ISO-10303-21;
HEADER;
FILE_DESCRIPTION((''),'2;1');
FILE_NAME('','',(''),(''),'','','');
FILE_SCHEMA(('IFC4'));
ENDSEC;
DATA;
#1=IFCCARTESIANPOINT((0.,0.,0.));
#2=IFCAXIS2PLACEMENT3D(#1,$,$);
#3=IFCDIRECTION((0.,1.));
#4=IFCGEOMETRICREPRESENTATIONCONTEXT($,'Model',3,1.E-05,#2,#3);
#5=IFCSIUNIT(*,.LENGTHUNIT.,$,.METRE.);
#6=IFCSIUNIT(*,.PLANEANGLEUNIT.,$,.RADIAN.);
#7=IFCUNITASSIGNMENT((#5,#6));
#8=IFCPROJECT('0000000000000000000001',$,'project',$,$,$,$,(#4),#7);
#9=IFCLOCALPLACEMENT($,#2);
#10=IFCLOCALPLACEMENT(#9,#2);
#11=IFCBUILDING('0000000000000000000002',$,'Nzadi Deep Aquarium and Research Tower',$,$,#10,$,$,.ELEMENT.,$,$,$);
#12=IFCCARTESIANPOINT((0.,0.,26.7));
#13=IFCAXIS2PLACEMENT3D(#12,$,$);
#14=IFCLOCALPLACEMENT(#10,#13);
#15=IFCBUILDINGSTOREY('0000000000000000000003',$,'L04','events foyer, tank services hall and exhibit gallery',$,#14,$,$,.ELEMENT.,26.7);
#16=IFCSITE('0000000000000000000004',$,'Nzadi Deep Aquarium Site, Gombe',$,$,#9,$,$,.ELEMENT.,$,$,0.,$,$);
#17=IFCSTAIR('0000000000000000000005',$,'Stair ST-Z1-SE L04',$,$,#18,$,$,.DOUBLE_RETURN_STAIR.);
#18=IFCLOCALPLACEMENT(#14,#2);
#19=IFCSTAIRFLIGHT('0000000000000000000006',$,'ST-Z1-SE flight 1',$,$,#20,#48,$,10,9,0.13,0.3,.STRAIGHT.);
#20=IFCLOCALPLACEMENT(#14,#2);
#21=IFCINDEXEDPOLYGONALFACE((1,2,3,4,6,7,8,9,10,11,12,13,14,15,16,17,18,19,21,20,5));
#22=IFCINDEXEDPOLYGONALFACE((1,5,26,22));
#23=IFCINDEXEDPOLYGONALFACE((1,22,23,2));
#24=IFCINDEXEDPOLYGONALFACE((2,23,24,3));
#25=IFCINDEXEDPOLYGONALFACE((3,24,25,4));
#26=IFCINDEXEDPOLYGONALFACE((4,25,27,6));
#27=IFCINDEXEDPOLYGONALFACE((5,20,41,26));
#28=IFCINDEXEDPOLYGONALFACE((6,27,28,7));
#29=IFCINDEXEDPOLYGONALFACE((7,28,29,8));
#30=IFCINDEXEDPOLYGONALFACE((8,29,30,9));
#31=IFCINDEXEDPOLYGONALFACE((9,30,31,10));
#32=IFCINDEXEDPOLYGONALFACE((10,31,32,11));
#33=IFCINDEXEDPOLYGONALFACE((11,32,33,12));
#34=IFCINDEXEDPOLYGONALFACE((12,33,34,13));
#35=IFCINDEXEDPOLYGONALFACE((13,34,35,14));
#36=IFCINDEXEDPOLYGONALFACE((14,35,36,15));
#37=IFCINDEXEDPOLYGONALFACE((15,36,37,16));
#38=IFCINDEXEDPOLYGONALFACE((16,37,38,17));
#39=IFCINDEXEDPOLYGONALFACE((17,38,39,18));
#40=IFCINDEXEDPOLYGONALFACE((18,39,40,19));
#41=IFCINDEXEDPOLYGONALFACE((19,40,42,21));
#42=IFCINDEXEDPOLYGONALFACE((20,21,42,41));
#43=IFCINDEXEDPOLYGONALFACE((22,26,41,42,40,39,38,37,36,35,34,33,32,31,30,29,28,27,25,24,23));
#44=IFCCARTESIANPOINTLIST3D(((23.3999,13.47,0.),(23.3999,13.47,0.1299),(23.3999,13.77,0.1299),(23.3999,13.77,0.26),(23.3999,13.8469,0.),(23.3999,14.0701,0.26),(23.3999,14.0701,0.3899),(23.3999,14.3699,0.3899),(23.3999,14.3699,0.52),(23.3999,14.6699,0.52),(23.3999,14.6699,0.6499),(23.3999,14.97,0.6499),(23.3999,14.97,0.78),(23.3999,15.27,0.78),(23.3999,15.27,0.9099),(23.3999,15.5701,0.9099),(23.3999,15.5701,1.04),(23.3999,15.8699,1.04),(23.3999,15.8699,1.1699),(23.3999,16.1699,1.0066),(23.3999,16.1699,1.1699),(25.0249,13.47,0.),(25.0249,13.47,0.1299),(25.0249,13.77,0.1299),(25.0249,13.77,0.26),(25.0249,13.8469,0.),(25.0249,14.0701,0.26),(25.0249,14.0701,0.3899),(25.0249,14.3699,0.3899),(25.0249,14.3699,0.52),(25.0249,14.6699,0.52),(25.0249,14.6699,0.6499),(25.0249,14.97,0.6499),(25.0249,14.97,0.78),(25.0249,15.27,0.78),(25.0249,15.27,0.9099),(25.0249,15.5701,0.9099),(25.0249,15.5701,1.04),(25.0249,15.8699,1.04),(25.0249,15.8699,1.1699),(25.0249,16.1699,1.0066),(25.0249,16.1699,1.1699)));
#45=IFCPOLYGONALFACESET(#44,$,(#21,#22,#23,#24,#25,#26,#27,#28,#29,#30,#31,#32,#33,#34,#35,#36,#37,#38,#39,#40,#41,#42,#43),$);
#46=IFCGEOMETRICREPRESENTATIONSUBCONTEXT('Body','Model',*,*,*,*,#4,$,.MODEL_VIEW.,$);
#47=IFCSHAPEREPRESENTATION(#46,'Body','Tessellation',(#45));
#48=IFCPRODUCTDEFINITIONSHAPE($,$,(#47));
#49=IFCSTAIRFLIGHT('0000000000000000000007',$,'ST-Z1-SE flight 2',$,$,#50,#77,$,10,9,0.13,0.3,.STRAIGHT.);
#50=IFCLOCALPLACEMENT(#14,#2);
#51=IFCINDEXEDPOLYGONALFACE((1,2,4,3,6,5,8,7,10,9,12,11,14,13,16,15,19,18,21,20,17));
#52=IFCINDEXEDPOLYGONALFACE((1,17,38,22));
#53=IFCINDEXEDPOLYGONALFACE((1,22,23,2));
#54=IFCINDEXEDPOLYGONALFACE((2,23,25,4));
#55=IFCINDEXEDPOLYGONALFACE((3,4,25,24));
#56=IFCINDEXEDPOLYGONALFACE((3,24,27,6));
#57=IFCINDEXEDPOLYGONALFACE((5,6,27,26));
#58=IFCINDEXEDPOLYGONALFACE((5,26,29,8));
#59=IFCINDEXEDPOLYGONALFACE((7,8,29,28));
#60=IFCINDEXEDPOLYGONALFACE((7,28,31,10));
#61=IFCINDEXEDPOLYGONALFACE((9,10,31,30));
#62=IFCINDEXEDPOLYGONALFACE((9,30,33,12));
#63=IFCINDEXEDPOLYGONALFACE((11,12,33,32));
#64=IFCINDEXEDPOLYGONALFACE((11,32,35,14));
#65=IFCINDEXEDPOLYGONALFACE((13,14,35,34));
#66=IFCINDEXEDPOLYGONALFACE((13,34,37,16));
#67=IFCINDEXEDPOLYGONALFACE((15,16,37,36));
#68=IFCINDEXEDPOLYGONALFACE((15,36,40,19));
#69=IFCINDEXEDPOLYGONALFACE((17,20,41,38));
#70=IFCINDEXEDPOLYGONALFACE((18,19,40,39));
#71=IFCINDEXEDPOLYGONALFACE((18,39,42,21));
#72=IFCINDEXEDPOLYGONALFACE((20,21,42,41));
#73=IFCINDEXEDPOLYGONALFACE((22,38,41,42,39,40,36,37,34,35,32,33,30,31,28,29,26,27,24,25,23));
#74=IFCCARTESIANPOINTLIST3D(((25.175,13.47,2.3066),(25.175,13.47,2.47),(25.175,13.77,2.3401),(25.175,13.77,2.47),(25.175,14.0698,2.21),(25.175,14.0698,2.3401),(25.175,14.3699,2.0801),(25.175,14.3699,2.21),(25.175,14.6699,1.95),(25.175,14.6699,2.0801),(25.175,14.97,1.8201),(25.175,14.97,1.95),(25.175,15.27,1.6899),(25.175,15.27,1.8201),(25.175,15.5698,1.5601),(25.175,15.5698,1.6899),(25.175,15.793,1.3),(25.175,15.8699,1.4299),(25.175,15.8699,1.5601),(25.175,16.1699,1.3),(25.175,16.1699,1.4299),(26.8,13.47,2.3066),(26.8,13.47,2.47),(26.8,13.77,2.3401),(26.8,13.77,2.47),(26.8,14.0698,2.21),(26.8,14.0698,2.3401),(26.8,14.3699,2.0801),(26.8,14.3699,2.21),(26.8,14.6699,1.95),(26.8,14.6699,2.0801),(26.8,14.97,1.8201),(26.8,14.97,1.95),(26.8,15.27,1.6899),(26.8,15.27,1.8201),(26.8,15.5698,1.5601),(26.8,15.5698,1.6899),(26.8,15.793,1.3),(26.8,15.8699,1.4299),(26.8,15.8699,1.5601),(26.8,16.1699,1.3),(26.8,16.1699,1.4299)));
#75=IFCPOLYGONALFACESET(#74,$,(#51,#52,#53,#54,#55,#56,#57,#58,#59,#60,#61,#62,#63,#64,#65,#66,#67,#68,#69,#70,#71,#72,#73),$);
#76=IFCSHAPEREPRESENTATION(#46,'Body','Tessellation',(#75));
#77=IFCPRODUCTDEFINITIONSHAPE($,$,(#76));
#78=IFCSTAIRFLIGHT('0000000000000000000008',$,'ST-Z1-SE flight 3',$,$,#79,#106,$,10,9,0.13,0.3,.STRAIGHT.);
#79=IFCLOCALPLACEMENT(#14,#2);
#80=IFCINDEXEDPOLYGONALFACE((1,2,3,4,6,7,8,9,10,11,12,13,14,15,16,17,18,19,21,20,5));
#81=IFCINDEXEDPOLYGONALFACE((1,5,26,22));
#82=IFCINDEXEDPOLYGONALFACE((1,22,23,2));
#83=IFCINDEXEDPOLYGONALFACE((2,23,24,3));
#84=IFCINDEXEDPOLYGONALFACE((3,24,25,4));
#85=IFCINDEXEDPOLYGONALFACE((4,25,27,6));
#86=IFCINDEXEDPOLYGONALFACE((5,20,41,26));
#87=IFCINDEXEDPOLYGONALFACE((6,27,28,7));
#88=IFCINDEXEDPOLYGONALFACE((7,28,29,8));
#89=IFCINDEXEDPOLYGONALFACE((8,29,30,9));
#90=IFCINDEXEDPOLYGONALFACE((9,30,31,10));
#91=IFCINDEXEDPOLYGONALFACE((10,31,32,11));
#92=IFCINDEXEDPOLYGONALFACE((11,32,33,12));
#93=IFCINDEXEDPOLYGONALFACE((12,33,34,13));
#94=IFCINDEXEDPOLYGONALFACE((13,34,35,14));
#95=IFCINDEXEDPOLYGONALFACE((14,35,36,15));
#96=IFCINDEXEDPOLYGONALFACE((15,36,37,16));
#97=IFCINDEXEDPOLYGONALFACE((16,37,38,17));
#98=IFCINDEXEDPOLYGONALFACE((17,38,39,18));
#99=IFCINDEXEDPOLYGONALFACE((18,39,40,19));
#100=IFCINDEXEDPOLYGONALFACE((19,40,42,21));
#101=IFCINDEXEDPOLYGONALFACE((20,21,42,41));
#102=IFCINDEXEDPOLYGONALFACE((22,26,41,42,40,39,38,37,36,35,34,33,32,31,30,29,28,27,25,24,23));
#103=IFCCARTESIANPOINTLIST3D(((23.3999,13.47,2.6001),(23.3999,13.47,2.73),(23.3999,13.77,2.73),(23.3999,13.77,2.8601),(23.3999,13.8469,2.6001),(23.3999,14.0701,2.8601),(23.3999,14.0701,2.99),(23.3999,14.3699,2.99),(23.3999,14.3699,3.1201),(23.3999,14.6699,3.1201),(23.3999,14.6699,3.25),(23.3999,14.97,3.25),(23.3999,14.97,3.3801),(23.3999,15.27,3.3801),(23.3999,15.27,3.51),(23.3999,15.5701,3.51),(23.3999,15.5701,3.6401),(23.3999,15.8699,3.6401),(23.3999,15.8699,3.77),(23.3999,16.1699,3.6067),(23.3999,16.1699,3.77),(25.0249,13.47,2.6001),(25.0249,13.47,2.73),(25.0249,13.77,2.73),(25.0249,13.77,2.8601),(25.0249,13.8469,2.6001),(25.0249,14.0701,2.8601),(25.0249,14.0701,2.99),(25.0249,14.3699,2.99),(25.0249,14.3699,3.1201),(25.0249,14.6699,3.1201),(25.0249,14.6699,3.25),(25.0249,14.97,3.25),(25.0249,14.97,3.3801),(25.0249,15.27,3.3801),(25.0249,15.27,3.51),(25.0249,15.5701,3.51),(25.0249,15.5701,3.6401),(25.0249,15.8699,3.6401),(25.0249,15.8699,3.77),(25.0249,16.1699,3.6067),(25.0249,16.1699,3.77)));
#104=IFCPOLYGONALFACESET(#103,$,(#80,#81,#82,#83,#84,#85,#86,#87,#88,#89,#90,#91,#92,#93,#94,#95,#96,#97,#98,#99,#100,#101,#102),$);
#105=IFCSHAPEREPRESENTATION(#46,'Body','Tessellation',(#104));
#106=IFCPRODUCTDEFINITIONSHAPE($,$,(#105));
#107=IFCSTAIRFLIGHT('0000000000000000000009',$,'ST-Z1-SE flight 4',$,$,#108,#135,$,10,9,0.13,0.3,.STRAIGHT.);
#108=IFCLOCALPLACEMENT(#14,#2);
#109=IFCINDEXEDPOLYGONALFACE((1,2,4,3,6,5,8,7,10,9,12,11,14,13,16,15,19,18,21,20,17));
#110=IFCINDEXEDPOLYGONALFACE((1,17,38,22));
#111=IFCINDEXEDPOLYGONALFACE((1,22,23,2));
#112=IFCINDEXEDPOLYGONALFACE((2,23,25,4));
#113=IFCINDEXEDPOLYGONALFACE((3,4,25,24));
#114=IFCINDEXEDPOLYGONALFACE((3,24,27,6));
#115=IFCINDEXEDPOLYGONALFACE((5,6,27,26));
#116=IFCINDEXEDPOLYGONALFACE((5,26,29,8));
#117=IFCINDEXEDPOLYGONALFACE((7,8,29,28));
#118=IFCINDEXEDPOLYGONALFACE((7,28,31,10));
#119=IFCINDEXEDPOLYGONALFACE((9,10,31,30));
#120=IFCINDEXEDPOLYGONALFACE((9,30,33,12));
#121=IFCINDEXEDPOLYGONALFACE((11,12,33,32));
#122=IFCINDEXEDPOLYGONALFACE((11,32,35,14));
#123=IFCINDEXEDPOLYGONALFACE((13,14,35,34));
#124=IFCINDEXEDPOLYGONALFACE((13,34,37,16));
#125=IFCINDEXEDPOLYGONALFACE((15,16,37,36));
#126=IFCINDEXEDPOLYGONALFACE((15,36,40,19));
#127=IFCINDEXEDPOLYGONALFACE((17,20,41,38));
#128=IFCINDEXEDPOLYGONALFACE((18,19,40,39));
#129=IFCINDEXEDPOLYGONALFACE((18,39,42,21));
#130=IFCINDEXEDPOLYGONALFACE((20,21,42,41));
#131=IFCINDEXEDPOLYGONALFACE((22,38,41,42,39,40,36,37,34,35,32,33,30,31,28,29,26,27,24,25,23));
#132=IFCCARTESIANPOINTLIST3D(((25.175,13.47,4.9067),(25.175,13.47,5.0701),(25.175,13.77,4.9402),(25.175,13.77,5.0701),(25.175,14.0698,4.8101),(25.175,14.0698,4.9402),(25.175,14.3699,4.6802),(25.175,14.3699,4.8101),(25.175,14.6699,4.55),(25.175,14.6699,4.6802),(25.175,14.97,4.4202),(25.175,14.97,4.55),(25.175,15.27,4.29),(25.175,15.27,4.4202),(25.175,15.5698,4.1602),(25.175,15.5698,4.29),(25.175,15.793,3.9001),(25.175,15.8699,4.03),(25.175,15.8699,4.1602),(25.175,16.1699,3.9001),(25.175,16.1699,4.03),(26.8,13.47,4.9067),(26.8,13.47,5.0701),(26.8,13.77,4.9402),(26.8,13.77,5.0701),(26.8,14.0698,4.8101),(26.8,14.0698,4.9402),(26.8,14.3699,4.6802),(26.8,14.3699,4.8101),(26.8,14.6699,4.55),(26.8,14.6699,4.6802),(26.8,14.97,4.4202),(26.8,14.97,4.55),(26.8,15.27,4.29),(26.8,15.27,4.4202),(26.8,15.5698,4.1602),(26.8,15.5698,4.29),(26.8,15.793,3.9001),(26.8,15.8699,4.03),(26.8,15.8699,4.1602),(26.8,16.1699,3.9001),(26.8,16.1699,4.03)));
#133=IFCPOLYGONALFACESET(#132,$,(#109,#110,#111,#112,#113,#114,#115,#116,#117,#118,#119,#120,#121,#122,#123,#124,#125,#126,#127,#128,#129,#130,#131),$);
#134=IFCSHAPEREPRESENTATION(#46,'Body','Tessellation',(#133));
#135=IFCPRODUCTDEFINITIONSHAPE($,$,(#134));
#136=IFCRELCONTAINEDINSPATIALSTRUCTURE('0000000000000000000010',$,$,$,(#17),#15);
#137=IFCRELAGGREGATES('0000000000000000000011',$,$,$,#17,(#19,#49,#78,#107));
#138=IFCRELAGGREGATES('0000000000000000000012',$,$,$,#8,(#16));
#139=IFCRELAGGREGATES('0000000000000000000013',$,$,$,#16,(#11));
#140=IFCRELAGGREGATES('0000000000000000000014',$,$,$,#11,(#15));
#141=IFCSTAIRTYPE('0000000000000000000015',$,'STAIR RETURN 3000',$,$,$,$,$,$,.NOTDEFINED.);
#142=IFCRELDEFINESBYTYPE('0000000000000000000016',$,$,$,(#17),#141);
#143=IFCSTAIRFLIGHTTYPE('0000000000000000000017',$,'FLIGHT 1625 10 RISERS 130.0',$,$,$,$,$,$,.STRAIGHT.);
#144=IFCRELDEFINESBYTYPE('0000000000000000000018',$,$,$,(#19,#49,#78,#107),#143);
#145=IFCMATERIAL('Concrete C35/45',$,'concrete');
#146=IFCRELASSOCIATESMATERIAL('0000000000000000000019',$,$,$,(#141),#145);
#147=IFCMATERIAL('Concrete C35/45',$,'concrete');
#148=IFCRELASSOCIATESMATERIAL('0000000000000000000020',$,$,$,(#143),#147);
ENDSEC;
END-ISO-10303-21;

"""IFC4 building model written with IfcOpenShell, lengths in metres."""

from ifc_helpers import new_model, si_unit, direction, frame, origin, place, context, subcontext, project, spatial, polyline, outline, extrude, material, type_object, element, aggregate, save


model = new_model("IFC4")

# Units and contexts
model_context = context("Model", 3, precision=1e-05, world=origin(), true_north=direction((0.0, 1.0)))
body_context = subcontext(model_context, "Body", "Model", "MODEL_VIEW")
ifc_project = project(units=[si_unit("LENGTHUNIT", "METRE"), si_unit("PLANEANGLEUNIT", "RADIAN")], contexts=[model_context])

# Site, building, storey
site_placement = place(None, origin())
site = spatial("IfcSite", under=ifc_project, at=site_placement, Name="Nzadi Deep Aquarium Site, Gombe", CompositionType="ELEMENT", RefElevation=0.0)
building_placement = place(site_placement, origin())
building = spatial("IfcBuilding", under=site, at=building_placement, Name="Nzadi Deep Aquarium and Research Tower", CompositionType="ELEMENT")
storey_placement = place(building_placement, frame((0.0, 0.0, 26.7)))
storey = spatial("IfcBuildingStorey", under=building, at=storey_placement, Name="L04", Description="events foyer, tank services hall and exhibit gallery", CompositionType="ELEMENT", Elevation=26.7)

# Stair, stair flights
ifc_material_1 = material(Name="Concrete C35/45", Category="concrete")
stair_type = type_object("IfcStairType", Name="STAIR RETURN 3000", PredefinedType="NOTDEFINED", material=ifc_material_1)
stair_placement = place(storey_placement, origin())
stair = element("IfcStair", 1, at=stair_placement, inside=storey, type_object=stair_type, Name="Stair ST-Z1-SE L04", PredefinedType="DOUBLE_RETURN_STAIR")
ifc_material_2 = material(Name="Concrete C35/45", Category="concrete")
stair_flight_type = type_object("IfcStairFlightType", Name="FLIGHT 1625 10 RISERS 130.0", PredefinedType="STRAIGHT", material=ifc_material_2)
stair_flight_1_placement = place(storey_placement, frame((24.2124, 13.47, 0.0), z_axis=(0.0, 0.0, 1.0), x_axis=(0.0, 1.0, 0.0)))
stair_flight_1 = element("IfcStairFlight", 2, at=stair_flight_1_placement, type_object=stair_flight_type, Name="ST-Z1-SE flight 1", NumberOfRisers=10, NumberOfTreads=9, PredefinedType="STRAIGHT", RiserHeight=0.13, TreadLength=0.3, context=body_context, shape_type="SweptSolid", body=[
    extrude(outline(polyline([(0.0, 0.0), (0.0, 0.1299), (0.3, 0.1299), (0.3, 0.26), (0.6001, 0.26), (0.6001, 0.3899), (0.8999, 0.3899), (0.8999, 0.52), (1.2, 0.52), (1.2, 0.6499), (1.5, 0.6499), (1.5, 0.78), (1.8, 0.78), (1.8, 0.9099), (2.1001, 0.9099), (2.1001, 1.04), (2.3999, 1.04), (2.3999, 1.1699), (2.7, 1.1699), (2.7, 1.3), (2.7, 1.0066), (0.377, 0.0), (0.0, 0.0)])), frame((0.0, 0.8125, 0.0), z_axis=(0.0, -1.0, 0.0), x_axis=(1.0, 0.0, 0.0)), (0.0, 0.0, 1.0), 1.625),
])
stair_flight_2_placement = place(storey_placement, frame((25.9875, 16.1699, 1.3), z_axis=(0.0, 0.0, 1.0), x_axis=(0.0, -1.0, 0.0)))
stair_flight_2 = element("IfcStairFlight", 3, at=stair_flight_2_placement, type_object=stair_flight_type, Name="ST-Z1-SE flight 2", NumberOfRisers=10, NumberOfTreads=9, PredefinedType="STRAIGHT", RiserHeight=0.13, TreadLength=0.3, context=body_context, shape_type="SweptSolid", body=[
    extrude(outline(polyline([(0.0, 0.0), (0.0, 0.1299), (0.3, 0.1299), (0.3, 0.26), (0.6001, 0.26), (0.6001, 0.3899), (0.8999, 0.3899), (0.8999, 0.52), (1.2, 0.52), (1.2, 0.6499), (1.5, 0.6499), (1.5, 0.78), (1.8, 0.78), (1.8, 0.9099), (2.1001, 0.9099), (2.1001, 1.04), (2.3999, 1.04), (2.3999, 1.1699), (2.7, 1.1699), (2.7, 1.3), (2.7, 1.0066), (0.377, 0.0), (0.0, 0.0)])), frame((0.0, 0.8125, 0.0), z_axis=(0.0, -1.0, 0.0), x_axis=(1.0, 0.0, 0.0)), (0.0, 0.0, 1.0), 1.625),
])
stair_flight_3_placement = place(storey_placement, frame((24.2124, 13.47, 2.6001), z_axis=(0.0, 0.0, 1.0), x_axis=(0.0, 1.0, 0.0)))
stair_flight_3 = element("IfcStairFlight", 4, at=stair_flight_3_placement, type_object=stair_flight_type, Name="ST-Z1-SE flight 3", NumberOfRisers=10, NumberOfTreads=9, PredefinedType="STRAIGHT", RiserHeight=0.13, TreadLength=0.3, context=body_context, shape_type="SweptSolid", body=[
    extrude(outline(polyline([(0.0, 0.0), (0.0, 0.1299), (0.3, 0.1299), (0.3, 0.26), (0.6001, 0.26), (0.6001, 0.3899), (0.8999, 0.3899), (0.8999, 0.52), (1.2, 0.52), (1.2, 0.6499), (1.5, 0.6499), (1.5, 0.78), (1.8, 0.78), (1.8, 0.9099), (2.1001, 0.9099), (2.1001, 1.04), (2.3999, 1.04), (2.3999, 1.1699), (2.7, 1.1699), (2.7, 1.3), (2.7, 1.0066), (0.377, 0.0), (0.0, 0.0)])), frame((0.0, 0.8125, 0.0), z_axis=(0.0, -1.0, 0.0), x_axis=(1.0, 0.0, 0.0)), (0.0, 0.0, 1.0), 1.625),
])
stair_flight_4_placement = place(storey_placement, frame((25.9875, 16.1699, 3.9001), z_axis=(0.0, 0.0, 1.0), x_axis=(0.0, -1.0, 0.0)))
stair_flight_4 = element("IfcStairFlight", 5, at=stair_flight_4_placement, type_object=stair_flight_type, Name="ST-Z1-SE flight 4", NumberOfRisers=10, NumberOfTreads=9, PredefinedType="STRAIGHT", RiserHeight=0.13, TreadLength=0.3, context=body_context, shape_type="SweptSolid", body=[
    extrude(outline(polyline([(0.0, 0.0), (0.0, 0.1299), (0.3, 0.1299), (0.3, 0.26), (0.6001, 0.26), (0.6001, 0.3899), (0.8999, 0.3899), (0.8999, 0.52), (1.2, 0.52), (1.2, 0.6499), (1.5, 0.6499), (1.5, 0.78), (1.8, 0.78), (1.8, 0.9099), (2.1001, 0.9099), (2.1001, 1.04), (2.3999, 1.04), (2.3999, 1.1699), (2.7, 1.1699), (2.7, 1.3), (2.7, 1.0066), (0.377, 0.0), (0.0, 0.0)])), frame((0.0, 0.8125, 0.0), z_axis=(0.0, -1.0, 0.0), x_axis=(1.0, 0.0, 0.0)), (0.0, 0.0, 1.0), 1.625),
])
aggregate(stair, [stair_flight_1, stair_flight_2, stair_flight_3, stair_flight_4])

save(model, "model.ifc")
